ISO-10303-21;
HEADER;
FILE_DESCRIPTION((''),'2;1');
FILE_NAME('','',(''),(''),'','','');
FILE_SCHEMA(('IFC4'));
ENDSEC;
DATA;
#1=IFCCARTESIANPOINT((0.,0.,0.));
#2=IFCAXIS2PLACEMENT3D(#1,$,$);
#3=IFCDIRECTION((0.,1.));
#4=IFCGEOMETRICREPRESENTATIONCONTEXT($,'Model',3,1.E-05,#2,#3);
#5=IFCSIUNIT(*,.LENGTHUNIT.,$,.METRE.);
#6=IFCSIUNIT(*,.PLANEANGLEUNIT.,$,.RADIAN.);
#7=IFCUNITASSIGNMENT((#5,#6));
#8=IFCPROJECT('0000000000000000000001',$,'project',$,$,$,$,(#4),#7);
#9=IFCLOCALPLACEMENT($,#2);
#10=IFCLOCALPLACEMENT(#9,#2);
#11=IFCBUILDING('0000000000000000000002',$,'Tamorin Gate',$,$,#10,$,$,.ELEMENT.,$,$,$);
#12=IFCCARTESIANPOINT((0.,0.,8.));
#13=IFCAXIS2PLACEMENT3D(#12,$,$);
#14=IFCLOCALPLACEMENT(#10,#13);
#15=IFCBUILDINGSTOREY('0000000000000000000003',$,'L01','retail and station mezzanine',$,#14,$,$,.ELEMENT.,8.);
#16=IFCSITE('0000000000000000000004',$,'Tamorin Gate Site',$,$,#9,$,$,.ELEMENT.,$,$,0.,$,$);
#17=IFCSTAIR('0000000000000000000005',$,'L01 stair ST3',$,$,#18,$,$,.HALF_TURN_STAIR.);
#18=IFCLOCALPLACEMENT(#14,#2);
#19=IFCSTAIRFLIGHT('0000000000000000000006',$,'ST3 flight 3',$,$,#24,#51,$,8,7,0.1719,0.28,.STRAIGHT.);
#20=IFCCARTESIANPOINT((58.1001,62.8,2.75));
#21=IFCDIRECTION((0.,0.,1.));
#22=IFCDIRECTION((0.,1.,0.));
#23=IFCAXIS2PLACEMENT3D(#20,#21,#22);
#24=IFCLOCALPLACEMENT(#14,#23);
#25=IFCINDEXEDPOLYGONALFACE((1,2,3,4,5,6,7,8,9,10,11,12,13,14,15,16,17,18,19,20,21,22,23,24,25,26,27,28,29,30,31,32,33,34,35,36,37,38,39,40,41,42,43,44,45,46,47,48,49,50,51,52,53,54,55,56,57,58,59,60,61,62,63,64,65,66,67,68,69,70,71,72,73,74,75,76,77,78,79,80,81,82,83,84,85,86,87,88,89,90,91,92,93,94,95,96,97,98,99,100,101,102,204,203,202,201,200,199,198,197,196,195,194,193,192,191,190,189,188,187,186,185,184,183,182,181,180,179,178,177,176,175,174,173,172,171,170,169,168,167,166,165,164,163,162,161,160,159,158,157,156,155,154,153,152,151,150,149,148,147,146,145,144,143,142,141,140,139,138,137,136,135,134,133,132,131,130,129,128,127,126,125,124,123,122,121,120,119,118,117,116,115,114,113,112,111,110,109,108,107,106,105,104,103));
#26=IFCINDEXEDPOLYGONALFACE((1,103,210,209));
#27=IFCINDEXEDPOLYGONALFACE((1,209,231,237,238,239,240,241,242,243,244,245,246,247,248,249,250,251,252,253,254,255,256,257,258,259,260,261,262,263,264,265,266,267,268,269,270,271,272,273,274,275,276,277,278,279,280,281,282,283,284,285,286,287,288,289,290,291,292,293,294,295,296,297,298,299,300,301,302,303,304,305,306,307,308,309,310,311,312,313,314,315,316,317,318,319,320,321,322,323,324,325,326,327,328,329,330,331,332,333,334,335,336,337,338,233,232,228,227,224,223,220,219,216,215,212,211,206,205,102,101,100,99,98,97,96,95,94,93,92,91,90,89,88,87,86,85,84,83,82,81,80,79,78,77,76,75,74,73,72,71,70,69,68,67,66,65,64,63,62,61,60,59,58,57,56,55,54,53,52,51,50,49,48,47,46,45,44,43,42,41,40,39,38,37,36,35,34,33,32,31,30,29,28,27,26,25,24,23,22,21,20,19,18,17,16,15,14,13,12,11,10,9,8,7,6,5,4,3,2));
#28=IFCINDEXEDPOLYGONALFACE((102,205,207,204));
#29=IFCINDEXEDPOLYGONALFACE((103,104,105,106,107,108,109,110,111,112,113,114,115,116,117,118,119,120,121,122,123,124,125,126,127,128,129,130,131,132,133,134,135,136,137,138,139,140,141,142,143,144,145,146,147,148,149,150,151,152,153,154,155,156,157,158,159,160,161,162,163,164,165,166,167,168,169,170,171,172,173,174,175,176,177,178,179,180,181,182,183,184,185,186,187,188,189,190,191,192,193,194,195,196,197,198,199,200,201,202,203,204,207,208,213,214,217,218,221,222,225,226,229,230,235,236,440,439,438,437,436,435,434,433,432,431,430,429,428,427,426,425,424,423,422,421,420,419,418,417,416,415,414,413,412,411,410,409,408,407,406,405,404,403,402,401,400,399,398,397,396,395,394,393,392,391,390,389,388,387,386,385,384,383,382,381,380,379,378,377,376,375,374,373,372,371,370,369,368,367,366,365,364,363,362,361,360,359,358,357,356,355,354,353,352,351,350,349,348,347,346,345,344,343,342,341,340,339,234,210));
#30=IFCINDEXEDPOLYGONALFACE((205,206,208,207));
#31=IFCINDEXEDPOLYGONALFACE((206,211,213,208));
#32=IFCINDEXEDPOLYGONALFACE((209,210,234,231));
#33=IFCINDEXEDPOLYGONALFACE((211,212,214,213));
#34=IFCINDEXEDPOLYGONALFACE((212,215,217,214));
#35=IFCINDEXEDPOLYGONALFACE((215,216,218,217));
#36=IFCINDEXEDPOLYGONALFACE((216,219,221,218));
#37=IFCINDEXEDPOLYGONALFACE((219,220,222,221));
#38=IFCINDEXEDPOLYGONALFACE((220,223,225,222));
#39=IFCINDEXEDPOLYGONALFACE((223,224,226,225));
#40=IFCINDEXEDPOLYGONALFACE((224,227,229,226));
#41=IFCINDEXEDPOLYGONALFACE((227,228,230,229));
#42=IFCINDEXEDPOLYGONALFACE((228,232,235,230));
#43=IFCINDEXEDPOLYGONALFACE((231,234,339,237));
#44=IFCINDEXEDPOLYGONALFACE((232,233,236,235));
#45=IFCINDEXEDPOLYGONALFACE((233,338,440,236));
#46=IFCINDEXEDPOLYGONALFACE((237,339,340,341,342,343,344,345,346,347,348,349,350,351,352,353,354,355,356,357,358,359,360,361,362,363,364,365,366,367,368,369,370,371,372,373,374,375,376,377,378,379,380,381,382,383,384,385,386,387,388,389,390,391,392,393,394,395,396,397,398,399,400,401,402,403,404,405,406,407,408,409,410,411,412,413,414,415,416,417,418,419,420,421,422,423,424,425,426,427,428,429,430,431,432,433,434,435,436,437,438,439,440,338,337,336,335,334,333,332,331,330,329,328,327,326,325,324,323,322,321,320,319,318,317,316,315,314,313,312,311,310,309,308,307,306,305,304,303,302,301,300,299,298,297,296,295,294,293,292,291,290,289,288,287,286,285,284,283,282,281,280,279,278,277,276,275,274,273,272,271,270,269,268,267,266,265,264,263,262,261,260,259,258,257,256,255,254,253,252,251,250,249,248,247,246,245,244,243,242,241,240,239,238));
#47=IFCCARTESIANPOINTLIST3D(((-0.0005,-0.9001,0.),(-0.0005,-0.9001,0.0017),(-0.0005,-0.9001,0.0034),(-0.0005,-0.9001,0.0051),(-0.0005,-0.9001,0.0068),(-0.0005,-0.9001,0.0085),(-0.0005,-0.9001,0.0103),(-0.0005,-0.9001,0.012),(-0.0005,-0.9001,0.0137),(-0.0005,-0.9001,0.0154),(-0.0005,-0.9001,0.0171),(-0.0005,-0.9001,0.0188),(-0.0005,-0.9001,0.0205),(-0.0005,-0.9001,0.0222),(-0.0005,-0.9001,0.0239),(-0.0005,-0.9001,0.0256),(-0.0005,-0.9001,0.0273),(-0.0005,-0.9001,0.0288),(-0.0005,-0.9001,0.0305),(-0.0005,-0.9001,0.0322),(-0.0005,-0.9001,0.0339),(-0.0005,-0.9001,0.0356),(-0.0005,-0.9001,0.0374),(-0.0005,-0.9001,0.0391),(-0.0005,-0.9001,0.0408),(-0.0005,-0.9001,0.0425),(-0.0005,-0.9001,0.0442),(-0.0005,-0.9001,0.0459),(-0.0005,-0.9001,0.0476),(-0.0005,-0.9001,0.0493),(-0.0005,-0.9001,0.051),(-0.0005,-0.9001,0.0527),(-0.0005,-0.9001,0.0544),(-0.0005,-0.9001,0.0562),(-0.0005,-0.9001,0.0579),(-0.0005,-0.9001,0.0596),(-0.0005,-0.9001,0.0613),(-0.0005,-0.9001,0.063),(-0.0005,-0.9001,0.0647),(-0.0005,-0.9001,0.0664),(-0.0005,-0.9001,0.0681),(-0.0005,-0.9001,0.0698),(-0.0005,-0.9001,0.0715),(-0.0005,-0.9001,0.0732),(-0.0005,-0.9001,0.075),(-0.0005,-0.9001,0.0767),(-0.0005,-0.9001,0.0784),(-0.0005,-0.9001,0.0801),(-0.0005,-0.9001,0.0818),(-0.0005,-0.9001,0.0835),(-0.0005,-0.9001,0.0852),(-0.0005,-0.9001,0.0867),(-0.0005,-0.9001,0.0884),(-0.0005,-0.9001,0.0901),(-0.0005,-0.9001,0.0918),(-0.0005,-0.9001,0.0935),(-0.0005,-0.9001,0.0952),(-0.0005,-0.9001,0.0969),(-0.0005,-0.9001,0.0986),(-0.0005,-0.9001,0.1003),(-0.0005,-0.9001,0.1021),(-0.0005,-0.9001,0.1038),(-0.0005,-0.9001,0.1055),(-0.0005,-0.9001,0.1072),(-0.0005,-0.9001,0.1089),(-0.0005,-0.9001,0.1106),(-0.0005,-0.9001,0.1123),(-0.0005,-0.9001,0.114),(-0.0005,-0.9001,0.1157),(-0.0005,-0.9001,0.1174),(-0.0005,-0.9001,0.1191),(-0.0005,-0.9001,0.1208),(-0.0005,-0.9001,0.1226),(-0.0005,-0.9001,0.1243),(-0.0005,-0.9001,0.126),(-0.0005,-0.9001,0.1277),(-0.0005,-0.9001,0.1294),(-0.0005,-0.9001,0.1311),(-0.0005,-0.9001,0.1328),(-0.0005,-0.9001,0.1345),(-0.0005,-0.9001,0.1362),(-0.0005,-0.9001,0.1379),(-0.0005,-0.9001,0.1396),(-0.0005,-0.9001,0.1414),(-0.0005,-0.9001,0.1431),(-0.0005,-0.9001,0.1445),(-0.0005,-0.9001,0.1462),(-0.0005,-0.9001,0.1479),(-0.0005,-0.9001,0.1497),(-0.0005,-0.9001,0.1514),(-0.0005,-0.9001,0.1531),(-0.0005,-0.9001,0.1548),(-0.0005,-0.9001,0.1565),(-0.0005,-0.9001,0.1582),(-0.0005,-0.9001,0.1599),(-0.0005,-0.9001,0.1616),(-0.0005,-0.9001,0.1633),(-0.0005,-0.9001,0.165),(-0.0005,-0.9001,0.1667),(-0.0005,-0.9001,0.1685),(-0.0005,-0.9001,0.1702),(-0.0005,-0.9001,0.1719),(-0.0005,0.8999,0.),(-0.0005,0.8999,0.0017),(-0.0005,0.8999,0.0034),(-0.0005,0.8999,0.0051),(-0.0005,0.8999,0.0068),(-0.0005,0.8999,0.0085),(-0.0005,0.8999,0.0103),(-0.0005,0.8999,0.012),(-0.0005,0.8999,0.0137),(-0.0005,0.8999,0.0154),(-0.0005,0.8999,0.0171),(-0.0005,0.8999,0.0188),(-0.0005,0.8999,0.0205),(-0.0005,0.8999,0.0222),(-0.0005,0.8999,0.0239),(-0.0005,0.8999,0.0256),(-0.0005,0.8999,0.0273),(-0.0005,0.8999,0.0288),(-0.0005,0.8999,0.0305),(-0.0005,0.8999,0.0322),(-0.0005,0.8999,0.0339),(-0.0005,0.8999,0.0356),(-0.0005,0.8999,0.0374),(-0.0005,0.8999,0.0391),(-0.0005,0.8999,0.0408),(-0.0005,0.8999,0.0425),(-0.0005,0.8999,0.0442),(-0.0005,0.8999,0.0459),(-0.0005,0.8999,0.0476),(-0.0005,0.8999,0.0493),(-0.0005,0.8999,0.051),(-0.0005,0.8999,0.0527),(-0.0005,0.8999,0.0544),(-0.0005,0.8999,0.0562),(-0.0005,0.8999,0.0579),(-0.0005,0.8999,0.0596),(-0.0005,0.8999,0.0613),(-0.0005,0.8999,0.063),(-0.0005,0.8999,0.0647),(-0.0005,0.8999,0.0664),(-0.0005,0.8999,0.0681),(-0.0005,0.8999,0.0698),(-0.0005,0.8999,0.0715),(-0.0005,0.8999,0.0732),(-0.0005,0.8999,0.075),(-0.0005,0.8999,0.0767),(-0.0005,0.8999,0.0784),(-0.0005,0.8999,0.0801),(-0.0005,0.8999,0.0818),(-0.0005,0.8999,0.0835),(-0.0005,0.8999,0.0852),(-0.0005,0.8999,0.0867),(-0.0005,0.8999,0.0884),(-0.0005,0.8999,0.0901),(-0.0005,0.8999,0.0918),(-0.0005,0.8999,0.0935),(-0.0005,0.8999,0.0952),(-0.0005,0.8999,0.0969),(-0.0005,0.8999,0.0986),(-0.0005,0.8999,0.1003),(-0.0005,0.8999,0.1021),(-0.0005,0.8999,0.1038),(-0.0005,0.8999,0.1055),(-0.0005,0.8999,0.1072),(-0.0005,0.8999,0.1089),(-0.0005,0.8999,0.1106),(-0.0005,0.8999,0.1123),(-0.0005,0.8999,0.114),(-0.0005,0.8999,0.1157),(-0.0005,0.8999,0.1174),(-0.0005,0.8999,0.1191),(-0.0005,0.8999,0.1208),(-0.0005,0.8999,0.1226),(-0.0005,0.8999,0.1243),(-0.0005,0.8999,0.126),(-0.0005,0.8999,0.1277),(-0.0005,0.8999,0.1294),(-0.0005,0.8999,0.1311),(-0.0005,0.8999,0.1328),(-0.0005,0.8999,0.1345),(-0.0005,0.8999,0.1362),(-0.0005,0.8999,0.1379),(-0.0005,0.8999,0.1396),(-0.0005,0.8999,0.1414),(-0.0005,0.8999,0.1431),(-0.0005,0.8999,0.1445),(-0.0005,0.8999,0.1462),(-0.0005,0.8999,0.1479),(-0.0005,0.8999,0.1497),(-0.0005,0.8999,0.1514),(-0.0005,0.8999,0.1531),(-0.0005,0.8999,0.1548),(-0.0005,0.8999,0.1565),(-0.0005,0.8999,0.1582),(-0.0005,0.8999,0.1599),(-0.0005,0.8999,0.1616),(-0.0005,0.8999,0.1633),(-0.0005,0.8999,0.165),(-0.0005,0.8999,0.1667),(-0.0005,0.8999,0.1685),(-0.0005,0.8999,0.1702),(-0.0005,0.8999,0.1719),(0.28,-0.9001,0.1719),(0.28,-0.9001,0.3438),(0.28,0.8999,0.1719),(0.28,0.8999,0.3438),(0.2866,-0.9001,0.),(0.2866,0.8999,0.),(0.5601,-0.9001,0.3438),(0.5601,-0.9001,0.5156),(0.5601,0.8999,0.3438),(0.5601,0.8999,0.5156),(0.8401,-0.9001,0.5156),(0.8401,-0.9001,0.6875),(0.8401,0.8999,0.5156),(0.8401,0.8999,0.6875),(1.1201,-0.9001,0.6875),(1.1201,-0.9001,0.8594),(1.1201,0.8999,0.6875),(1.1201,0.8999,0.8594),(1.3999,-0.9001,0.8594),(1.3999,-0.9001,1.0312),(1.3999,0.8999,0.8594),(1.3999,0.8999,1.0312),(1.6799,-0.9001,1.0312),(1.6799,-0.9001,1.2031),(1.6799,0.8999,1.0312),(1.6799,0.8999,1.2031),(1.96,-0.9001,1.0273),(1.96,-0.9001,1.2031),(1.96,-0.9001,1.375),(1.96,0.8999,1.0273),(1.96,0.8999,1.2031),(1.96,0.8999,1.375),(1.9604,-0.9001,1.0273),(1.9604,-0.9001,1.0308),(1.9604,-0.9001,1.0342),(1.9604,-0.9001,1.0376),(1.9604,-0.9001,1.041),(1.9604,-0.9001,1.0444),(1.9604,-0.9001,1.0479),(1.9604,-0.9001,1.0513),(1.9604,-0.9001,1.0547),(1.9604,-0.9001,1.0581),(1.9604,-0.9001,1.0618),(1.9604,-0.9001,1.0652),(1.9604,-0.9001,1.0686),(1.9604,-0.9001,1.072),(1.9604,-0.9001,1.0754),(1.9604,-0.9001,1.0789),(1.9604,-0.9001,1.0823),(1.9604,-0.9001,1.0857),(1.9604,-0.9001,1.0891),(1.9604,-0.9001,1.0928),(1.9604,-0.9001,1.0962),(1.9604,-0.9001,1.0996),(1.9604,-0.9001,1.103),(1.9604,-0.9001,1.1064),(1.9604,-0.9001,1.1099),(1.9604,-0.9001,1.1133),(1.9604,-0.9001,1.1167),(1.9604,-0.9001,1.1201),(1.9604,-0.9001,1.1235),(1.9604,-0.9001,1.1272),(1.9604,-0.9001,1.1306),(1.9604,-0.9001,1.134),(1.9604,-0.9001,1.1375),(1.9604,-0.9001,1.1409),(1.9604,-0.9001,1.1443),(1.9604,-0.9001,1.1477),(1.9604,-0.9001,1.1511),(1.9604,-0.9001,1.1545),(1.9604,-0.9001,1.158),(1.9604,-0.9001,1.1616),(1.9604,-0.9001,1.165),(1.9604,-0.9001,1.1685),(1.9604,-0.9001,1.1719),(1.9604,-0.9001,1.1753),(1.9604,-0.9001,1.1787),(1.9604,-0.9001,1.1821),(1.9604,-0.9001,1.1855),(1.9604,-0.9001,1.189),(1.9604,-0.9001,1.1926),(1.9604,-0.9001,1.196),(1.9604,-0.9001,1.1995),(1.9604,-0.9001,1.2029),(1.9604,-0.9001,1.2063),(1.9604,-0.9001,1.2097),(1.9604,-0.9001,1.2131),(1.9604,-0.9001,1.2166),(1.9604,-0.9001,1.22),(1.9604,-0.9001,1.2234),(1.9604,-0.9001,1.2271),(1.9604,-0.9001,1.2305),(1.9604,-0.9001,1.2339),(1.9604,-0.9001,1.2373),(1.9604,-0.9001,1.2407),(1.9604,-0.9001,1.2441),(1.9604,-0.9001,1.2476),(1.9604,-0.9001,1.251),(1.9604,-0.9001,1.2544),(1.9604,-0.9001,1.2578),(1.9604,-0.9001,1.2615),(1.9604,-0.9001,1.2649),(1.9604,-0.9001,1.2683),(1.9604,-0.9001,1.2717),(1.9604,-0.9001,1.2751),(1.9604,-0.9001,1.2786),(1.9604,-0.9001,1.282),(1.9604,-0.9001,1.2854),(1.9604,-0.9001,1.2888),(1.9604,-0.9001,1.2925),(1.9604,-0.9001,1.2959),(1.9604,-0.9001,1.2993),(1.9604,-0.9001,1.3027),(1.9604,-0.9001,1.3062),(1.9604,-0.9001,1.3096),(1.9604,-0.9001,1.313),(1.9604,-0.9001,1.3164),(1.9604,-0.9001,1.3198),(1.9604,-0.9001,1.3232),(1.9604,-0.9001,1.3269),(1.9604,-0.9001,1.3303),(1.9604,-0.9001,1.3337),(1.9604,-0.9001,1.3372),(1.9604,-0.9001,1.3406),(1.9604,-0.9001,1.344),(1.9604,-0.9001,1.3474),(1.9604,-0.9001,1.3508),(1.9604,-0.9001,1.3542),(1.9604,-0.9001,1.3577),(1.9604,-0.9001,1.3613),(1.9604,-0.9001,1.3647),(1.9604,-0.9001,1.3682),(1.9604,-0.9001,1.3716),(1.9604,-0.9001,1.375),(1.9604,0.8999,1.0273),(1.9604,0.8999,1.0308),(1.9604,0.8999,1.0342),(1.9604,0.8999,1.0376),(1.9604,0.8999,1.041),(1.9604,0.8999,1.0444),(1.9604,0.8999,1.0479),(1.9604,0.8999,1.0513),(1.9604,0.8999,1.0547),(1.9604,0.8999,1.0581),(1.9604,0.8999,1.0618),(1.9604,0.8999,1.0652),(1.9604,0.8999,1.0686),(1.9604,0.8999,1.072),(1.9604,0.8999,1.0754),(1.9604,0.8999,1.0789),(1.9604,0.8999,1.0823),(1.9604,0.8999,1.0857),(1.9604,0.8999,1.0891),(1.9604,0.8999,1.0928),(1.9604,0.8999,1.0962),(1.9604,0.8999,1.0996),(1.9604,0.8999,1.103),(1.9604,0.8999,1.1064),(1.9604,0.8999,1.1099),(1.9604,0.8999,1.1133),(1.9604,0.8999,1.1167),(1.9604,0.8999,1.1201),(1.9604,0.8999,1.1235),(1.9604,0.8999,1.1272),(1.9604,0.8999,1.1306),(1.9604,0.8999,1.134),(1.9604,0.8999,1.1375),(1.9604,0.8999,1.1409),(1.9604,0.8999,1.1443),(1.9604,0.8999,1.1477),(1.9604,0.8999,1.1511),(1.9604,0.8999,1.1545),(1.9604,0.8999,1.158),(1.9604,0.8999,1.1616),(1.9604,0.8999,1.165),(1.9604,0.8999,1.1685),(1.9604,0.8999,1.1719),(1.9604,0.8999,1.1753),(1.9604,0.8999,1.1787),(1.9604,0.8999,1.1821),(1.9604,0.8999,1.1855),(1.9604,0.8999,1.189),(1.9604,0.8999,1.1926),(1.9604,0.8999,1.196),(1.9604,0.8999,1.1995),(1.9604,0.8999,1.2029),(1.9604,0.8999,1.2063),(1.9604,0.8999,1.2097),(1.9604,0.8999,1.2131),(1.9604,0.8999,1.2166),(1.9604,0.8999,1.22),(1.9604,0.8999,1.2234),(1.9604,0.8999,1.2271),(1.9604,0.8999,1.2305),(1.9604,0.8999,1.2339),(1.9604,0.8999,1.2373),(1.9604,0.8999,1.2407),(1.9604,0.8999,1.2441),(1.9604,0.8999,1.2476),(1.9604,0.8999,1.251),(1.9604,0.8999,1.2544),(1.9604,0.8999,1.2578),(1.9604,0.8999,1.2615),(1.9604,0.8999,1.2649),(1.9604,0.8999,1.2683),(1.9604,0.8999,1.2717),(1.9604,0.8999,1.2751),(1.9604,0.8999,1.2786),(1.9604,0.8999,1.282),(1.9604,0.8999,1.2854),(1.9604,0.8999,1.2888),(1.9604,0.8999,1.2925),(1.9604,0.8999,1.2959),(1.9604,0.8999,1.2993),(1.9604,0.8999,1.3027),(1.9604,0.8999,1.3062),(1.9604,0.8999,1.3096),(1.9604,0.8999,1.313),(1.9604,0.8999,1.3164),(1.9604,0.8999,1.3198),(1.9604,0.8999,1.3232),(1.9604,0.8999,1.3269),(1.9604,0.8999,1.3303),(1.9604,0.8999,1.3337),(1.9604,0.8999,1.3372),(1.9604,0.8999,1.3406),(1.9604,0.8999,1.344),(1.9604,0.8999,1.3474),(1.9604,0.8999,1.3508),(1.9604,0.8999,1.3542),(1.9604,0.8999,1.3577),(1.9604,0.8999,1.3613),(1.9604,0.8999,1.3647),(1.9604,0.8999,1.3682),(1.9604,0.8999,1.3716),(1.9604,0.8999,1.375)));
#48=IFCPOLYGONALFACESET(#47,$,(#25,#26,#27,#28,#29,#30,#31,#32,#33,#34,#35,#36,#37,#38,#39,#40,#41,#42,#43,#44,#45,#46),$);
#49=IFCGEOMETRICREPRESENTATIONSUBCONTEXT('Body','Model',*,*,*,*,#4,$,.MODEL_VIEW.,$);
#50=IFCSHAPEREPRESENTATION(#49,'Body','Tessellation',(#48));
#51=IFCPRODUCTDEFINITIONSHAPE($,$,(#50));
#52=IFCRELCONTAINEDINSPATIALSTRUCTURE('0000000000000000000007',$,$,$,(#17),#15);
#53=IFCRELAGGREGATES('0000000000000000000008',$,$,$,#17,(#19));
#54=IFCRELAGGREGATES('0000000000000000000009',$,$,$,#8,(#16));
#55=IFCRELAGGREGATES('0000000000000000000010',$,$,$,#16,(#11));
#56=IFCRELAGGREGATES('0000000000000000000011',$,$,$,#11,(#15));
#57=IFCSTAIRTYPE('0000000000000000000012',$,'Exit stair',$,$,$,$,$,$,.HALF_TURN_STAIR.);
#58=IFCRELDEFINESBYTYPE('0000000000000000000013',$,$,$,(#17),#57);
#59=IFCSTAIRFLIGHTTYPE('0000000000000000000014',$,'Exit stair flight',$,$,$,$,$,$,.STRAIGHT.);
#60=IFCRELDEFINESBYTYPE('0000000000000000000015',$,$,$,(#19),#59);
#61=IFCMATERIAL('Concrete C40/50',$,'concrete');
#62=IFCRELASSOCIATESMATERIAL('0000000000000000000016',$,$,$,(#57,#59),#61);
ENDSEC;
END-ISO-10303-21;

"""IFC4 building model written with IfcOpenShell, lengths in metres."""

from ifc_helpers import new_model, si_unit, direction, frame, origin, place, context, subcontext, project, spatial, polyline, outline, extrude, material, type_object, element, aggregate, save


model = new_model("IFC4")

# Units and contexts
model_context = context("Model", 3, precision=1e-05, world=origin(), true_north=direction((0.0, 1.0)))
body_context = subcontext(model_context, "Body", "Model", "MODEL_VIEW")
ifc_project = project(units=[si_unit("LENGTHUNIT", "METRE"), si_unit("PLANEANGLEUNIT", "RADIAN")], contexts=[model_context])

# Site, building, storey
site_placement = place(None, origin())
site = spatial("IfcSite", under=ifc_project, at=site_placement, Name="Tamorin Gate Site", CompositionType="ELEMENT", RefElevation=0.0)
building_placement = place(site_placement, origin())
building = spatial("IfcBuilding", under=site, at=building_placement, Name="Tamorin Gate", CompositionType="ELEMENT")
storey_placement = place(building_placement, frame((0.0, 0.0, 8.0)))
storey = spatial("IfcBuildingStorey", under=building, at=storey_placement, Name="L01", Description="retail and station mezzanine", CompositionType="ELEMENT", Elevation=8.0)

# Shared definitions
ifc_material_1 = material(Name="Concrete C40/50", Category="concrete")

# Stair, stair flight
stair_type = type_object("IfcStairType", Name="Exit stair", PredefinedType="HALF_TURN_STAIR", material=ifc_material_1)
stair_placement = place(storey_placement, origin())
stair = element("IfcStair", 1, at=stair_placement, inside=storey, type_object=stair_type, Name="L01 stair ST3", PredefinedType="HALF_TURN_STAIR")
stair_flight_type = type_object("IfcStairFlightType", Name="Exit stair flight", PredefinedType="STRAIGHT", material=ifc_material_1)
stair_flight_1_placement = place(storey_placement, frame((58.1001, 62.8, 2.75), z_axis=(0.0, 0.0, 1.0), x_axis=(0.0, 1.0, 0.0)))
stair_flight_1 = element("IfcStairFlight", 2, at=stair_flight_1_placement, type_object=stair_flight_type, Name="ST3 flight 3", NumberOfRisers=8, NumberOfTreads=7, PredefinedType="STRAIGHT", RiserHeight=0.1719, TreadLength=0.28, context=body_context, shape_type="SweptSolid", body=[
    extrude(outline(polyline([(-0.0005, 0.0), (-0.0005, 0.0017), (-0.0005, 0.0034), (-0.0005, 0.0051), (-0.0005, 0.0068), (-0.0005, 0.0085), (-0.0005, 0.0103), (-0.0005, 0.012), (-0.0005, 0.0137), (-0.0005, 0.0154), (-0.0005, 0.0171), (-0.0005, 0.0188), (-0.0005, 0.0205), (-0.0005, 0.0222), (-0.0005, 0.0239), (-0.0005, 0.0256), (-0.0005, 0.0273), (-0.0005, 0.0288), (-0.0005, 0.0305), (-0.0005, 0.0322), (-0.0005, 0.0339), (-0.0005, 0.0356), (-0.0005, 0.0374), (-0.0005, 0.0391), (-0.0005, 0.0408), (-0.0005, 0.0425), (-0.0005, 0.0442), (-0.0005, 0.0459), (-0.0005, 0.0476), (-0.0005, 0.0493), (-0.0005, 0.051), (-0.0005, 0.0527), (-0.0005, 0.0544), (-0.0005, 0.0562), (-0.0005, 0.0579), (-0.0005, 0.0596), (-0.0005, 0.0613), (-0.0005, 0.063), (-0.0005, 0.0647), (-0.0005, 0.0664), (-0.0005, 0.0681), (-0.0005, 0.0698), (-0.0005, 0.0715), (-0.0005, 0.0732), (-0.0005, 0.075), (-0.0005, 0.0767), (-0.0005, 0.0784), (-0.0005, 0.0801), (-0.0005, 0.0818), (-0.0005, 0.0835), (-0.0005, 0.0852), (-0.0005, 0.0867), (-0.0005, 0.0884), (-0.0005, 0.0901), (-0.0005, 0.0918), (-0.0005, 0.0935), (-0.0005, 0.0952), (-0.0005, 0.0969), (-0.0005, 0.0986), (-0.0005, 0.1003), (-0.0005, 0.1021), (-0.0005, 0.1038), (-0.0005, 0.1055), (-0.0005, 0.1072), (-0.0005, 0.1089), (-0.0005, 0.1106), (-0.0005, 0.1123), (-0.0005, 0.114), (-0.0005, 0.1157), (-0.0005, 0.1174), (-0.0005, 0.1191), (-0.0005, 0.1208), (-0.0005, 0.1226), (-0.0005, 0.1243), (-0.0005, 0.126), (-0.0005, 0.1277), (-0.0005, 0.1294), (-0.0005, 0.1311), (-0.0005, 0.1328), (-0.0005, 0.1345), (-0.0005, 0.1362), (-0.0005, 0.1379), (-0.0005, 0.1396), (-0.0005, 0.1414), (-0.0005, 0.1431), (-0.0005, 0.1445), (-0.0005, 0.1462), (-0.0005, 0.1479), (-0.0005, 0.1497), (-0.0005, 0.1514), (-0.0005, 0.1531), (-0.0005, 0.1548), (-0.0005, 0.1565), (-0.0005, 0.1582), (-0.0005, 0.1599), (-0.0005, 0.1616), (-0.0005, 0.1633), (-0.0005, 0.165), (-0.0005, 0.1667), (-0.0005, 0.1685), (-0.0005, 0.1702), (-0.0005, 0.1719), (0.28, 0.1719), (0.28, 0.3438), (0.5601, 0.3438), (0.5601, 0.5156), (0.8401, 0.5156), (0.8401, 0.6875), (1.1201, 0.6875), (1.1201, 0.8594), (1.3999, 0.8594), (1.3999, 1.0312), (1.6799, 1.0312), (1.6799, 1.2031), (1.96, 1.2031), (1.96, 1.375), (1.9604, 1.375), (1.9604, 1.3716), (1.9604, 1.3682), (1.9604, 1.3647), (1.9604, 1.3613), (1.9604, 1.3577), (1.9604, 1.3542), (1.9604, 1.3508), (1.9604, 1.3474), (1.9604, 1.344), (1.9604, 1.3406), (1.9604, 1.3372), (1.9604, 1.3337), (1.9604, 1.3303), (1.9604, 1.3269), (1.9604, 1.3232), (1.9604, 1.3198), (1.9604, 1.3164), (1.9604, 1.313), (1.9604, 1.3096), (1.9604, 1.3062), (1.9604, 1.3027), (1.9604, 1.2993), (1.9604, 1.2959), (1.9604, 1.2925), (1.9604, 1.2888), (1.9604, 1.2854), (1.9604, 1.282), (1.9604, 1.2786), (1.9604, 1.2751), (1.9604, 1.2717), (1.9604, 1.2683), (1.9604, 1.2649), (1.9604, 1.2615), (1.9604, 1.2578), (1.9604, 1.2544), (1.9604, 1.251), (1.9604, 1.2476), (1.9604, 1.2441), (1.9604, 1.2407), (1.9604, 1.2373), (1.9604, 1.2339), (1.9604, 1.2305), (1.9604, 1.2271), (1.9604, 1.2234), (1.9604, 1.22), (1.9604, 1.2166), (1.9604, 1.2131), (1.9604, 1.2097), (1.9604, 1.2063), (1.9604, 1.2029), (1.9604, 1.1995), (1.9604, 1.196), (1.9604, 1.1926), (1.9604, 1.189), (1.9604, 1.1855), (1.9604, 1.1821), (1.9604, 1.1787), (1.9604, 1.1753), (1.9604, 1.1719), (1.9604, 1.1685), (1.9604, 1.165), (1.9604, 1.1616), (1.9604, 1.158), (1.9604, 1.1545), (1.9604, 1.1511), (1.9604, 1.1477), (1.9604, 1.1443), (1.9604, 1.1409), (1.9604, 1.1375), (1.9604, 1.134), (1.9604, 1.1306), (1.9604, 1.1272), (1.9604, 1.1235), (1.9604, 1.1201), (1.9604, 1.1167), (1.9604, 1.1133), (1.9604, 1.1099), (1.9604, 1.1064), (1.9604, 1.103), (1.9604, 1.0996), (1.9604, 1.0962), (1.9604, 1.0928), (1.9604, 1.0891), (1.9604, 1.0857), (1.9604, 1.0823), (1.9604, 1.0789), (1.9604, 1.0754), (1.9604, 1.072), (1.9604, 1.0686), (1.9604, 1.0652), (1.9604, 1.0618), (1.9604, 1.0581), (1.9604, 1.0547), (1.9604, 1.0513), (1.9604, 1.0479), (1.9604, 1.0444), (1.9604, 1.041), (1.9604, 1.0376), (1.9604, 1.0342), (1.9604, 1.0308), (1.9604, 1.0273), (1.96, 1.0273), (0.2866, 0.0), (-0.0005, 0.0)])), frame((0.0, 0.8999, 0.0), z_axis=(0.0, -1.0, 0.0), x_axis=(1.0, 0.0, 0.0)), (0.0, 0.0, 1.0), 1.8),
])
aggregate(stair, [stair_flight_1])

save(model, "model.ifc")
